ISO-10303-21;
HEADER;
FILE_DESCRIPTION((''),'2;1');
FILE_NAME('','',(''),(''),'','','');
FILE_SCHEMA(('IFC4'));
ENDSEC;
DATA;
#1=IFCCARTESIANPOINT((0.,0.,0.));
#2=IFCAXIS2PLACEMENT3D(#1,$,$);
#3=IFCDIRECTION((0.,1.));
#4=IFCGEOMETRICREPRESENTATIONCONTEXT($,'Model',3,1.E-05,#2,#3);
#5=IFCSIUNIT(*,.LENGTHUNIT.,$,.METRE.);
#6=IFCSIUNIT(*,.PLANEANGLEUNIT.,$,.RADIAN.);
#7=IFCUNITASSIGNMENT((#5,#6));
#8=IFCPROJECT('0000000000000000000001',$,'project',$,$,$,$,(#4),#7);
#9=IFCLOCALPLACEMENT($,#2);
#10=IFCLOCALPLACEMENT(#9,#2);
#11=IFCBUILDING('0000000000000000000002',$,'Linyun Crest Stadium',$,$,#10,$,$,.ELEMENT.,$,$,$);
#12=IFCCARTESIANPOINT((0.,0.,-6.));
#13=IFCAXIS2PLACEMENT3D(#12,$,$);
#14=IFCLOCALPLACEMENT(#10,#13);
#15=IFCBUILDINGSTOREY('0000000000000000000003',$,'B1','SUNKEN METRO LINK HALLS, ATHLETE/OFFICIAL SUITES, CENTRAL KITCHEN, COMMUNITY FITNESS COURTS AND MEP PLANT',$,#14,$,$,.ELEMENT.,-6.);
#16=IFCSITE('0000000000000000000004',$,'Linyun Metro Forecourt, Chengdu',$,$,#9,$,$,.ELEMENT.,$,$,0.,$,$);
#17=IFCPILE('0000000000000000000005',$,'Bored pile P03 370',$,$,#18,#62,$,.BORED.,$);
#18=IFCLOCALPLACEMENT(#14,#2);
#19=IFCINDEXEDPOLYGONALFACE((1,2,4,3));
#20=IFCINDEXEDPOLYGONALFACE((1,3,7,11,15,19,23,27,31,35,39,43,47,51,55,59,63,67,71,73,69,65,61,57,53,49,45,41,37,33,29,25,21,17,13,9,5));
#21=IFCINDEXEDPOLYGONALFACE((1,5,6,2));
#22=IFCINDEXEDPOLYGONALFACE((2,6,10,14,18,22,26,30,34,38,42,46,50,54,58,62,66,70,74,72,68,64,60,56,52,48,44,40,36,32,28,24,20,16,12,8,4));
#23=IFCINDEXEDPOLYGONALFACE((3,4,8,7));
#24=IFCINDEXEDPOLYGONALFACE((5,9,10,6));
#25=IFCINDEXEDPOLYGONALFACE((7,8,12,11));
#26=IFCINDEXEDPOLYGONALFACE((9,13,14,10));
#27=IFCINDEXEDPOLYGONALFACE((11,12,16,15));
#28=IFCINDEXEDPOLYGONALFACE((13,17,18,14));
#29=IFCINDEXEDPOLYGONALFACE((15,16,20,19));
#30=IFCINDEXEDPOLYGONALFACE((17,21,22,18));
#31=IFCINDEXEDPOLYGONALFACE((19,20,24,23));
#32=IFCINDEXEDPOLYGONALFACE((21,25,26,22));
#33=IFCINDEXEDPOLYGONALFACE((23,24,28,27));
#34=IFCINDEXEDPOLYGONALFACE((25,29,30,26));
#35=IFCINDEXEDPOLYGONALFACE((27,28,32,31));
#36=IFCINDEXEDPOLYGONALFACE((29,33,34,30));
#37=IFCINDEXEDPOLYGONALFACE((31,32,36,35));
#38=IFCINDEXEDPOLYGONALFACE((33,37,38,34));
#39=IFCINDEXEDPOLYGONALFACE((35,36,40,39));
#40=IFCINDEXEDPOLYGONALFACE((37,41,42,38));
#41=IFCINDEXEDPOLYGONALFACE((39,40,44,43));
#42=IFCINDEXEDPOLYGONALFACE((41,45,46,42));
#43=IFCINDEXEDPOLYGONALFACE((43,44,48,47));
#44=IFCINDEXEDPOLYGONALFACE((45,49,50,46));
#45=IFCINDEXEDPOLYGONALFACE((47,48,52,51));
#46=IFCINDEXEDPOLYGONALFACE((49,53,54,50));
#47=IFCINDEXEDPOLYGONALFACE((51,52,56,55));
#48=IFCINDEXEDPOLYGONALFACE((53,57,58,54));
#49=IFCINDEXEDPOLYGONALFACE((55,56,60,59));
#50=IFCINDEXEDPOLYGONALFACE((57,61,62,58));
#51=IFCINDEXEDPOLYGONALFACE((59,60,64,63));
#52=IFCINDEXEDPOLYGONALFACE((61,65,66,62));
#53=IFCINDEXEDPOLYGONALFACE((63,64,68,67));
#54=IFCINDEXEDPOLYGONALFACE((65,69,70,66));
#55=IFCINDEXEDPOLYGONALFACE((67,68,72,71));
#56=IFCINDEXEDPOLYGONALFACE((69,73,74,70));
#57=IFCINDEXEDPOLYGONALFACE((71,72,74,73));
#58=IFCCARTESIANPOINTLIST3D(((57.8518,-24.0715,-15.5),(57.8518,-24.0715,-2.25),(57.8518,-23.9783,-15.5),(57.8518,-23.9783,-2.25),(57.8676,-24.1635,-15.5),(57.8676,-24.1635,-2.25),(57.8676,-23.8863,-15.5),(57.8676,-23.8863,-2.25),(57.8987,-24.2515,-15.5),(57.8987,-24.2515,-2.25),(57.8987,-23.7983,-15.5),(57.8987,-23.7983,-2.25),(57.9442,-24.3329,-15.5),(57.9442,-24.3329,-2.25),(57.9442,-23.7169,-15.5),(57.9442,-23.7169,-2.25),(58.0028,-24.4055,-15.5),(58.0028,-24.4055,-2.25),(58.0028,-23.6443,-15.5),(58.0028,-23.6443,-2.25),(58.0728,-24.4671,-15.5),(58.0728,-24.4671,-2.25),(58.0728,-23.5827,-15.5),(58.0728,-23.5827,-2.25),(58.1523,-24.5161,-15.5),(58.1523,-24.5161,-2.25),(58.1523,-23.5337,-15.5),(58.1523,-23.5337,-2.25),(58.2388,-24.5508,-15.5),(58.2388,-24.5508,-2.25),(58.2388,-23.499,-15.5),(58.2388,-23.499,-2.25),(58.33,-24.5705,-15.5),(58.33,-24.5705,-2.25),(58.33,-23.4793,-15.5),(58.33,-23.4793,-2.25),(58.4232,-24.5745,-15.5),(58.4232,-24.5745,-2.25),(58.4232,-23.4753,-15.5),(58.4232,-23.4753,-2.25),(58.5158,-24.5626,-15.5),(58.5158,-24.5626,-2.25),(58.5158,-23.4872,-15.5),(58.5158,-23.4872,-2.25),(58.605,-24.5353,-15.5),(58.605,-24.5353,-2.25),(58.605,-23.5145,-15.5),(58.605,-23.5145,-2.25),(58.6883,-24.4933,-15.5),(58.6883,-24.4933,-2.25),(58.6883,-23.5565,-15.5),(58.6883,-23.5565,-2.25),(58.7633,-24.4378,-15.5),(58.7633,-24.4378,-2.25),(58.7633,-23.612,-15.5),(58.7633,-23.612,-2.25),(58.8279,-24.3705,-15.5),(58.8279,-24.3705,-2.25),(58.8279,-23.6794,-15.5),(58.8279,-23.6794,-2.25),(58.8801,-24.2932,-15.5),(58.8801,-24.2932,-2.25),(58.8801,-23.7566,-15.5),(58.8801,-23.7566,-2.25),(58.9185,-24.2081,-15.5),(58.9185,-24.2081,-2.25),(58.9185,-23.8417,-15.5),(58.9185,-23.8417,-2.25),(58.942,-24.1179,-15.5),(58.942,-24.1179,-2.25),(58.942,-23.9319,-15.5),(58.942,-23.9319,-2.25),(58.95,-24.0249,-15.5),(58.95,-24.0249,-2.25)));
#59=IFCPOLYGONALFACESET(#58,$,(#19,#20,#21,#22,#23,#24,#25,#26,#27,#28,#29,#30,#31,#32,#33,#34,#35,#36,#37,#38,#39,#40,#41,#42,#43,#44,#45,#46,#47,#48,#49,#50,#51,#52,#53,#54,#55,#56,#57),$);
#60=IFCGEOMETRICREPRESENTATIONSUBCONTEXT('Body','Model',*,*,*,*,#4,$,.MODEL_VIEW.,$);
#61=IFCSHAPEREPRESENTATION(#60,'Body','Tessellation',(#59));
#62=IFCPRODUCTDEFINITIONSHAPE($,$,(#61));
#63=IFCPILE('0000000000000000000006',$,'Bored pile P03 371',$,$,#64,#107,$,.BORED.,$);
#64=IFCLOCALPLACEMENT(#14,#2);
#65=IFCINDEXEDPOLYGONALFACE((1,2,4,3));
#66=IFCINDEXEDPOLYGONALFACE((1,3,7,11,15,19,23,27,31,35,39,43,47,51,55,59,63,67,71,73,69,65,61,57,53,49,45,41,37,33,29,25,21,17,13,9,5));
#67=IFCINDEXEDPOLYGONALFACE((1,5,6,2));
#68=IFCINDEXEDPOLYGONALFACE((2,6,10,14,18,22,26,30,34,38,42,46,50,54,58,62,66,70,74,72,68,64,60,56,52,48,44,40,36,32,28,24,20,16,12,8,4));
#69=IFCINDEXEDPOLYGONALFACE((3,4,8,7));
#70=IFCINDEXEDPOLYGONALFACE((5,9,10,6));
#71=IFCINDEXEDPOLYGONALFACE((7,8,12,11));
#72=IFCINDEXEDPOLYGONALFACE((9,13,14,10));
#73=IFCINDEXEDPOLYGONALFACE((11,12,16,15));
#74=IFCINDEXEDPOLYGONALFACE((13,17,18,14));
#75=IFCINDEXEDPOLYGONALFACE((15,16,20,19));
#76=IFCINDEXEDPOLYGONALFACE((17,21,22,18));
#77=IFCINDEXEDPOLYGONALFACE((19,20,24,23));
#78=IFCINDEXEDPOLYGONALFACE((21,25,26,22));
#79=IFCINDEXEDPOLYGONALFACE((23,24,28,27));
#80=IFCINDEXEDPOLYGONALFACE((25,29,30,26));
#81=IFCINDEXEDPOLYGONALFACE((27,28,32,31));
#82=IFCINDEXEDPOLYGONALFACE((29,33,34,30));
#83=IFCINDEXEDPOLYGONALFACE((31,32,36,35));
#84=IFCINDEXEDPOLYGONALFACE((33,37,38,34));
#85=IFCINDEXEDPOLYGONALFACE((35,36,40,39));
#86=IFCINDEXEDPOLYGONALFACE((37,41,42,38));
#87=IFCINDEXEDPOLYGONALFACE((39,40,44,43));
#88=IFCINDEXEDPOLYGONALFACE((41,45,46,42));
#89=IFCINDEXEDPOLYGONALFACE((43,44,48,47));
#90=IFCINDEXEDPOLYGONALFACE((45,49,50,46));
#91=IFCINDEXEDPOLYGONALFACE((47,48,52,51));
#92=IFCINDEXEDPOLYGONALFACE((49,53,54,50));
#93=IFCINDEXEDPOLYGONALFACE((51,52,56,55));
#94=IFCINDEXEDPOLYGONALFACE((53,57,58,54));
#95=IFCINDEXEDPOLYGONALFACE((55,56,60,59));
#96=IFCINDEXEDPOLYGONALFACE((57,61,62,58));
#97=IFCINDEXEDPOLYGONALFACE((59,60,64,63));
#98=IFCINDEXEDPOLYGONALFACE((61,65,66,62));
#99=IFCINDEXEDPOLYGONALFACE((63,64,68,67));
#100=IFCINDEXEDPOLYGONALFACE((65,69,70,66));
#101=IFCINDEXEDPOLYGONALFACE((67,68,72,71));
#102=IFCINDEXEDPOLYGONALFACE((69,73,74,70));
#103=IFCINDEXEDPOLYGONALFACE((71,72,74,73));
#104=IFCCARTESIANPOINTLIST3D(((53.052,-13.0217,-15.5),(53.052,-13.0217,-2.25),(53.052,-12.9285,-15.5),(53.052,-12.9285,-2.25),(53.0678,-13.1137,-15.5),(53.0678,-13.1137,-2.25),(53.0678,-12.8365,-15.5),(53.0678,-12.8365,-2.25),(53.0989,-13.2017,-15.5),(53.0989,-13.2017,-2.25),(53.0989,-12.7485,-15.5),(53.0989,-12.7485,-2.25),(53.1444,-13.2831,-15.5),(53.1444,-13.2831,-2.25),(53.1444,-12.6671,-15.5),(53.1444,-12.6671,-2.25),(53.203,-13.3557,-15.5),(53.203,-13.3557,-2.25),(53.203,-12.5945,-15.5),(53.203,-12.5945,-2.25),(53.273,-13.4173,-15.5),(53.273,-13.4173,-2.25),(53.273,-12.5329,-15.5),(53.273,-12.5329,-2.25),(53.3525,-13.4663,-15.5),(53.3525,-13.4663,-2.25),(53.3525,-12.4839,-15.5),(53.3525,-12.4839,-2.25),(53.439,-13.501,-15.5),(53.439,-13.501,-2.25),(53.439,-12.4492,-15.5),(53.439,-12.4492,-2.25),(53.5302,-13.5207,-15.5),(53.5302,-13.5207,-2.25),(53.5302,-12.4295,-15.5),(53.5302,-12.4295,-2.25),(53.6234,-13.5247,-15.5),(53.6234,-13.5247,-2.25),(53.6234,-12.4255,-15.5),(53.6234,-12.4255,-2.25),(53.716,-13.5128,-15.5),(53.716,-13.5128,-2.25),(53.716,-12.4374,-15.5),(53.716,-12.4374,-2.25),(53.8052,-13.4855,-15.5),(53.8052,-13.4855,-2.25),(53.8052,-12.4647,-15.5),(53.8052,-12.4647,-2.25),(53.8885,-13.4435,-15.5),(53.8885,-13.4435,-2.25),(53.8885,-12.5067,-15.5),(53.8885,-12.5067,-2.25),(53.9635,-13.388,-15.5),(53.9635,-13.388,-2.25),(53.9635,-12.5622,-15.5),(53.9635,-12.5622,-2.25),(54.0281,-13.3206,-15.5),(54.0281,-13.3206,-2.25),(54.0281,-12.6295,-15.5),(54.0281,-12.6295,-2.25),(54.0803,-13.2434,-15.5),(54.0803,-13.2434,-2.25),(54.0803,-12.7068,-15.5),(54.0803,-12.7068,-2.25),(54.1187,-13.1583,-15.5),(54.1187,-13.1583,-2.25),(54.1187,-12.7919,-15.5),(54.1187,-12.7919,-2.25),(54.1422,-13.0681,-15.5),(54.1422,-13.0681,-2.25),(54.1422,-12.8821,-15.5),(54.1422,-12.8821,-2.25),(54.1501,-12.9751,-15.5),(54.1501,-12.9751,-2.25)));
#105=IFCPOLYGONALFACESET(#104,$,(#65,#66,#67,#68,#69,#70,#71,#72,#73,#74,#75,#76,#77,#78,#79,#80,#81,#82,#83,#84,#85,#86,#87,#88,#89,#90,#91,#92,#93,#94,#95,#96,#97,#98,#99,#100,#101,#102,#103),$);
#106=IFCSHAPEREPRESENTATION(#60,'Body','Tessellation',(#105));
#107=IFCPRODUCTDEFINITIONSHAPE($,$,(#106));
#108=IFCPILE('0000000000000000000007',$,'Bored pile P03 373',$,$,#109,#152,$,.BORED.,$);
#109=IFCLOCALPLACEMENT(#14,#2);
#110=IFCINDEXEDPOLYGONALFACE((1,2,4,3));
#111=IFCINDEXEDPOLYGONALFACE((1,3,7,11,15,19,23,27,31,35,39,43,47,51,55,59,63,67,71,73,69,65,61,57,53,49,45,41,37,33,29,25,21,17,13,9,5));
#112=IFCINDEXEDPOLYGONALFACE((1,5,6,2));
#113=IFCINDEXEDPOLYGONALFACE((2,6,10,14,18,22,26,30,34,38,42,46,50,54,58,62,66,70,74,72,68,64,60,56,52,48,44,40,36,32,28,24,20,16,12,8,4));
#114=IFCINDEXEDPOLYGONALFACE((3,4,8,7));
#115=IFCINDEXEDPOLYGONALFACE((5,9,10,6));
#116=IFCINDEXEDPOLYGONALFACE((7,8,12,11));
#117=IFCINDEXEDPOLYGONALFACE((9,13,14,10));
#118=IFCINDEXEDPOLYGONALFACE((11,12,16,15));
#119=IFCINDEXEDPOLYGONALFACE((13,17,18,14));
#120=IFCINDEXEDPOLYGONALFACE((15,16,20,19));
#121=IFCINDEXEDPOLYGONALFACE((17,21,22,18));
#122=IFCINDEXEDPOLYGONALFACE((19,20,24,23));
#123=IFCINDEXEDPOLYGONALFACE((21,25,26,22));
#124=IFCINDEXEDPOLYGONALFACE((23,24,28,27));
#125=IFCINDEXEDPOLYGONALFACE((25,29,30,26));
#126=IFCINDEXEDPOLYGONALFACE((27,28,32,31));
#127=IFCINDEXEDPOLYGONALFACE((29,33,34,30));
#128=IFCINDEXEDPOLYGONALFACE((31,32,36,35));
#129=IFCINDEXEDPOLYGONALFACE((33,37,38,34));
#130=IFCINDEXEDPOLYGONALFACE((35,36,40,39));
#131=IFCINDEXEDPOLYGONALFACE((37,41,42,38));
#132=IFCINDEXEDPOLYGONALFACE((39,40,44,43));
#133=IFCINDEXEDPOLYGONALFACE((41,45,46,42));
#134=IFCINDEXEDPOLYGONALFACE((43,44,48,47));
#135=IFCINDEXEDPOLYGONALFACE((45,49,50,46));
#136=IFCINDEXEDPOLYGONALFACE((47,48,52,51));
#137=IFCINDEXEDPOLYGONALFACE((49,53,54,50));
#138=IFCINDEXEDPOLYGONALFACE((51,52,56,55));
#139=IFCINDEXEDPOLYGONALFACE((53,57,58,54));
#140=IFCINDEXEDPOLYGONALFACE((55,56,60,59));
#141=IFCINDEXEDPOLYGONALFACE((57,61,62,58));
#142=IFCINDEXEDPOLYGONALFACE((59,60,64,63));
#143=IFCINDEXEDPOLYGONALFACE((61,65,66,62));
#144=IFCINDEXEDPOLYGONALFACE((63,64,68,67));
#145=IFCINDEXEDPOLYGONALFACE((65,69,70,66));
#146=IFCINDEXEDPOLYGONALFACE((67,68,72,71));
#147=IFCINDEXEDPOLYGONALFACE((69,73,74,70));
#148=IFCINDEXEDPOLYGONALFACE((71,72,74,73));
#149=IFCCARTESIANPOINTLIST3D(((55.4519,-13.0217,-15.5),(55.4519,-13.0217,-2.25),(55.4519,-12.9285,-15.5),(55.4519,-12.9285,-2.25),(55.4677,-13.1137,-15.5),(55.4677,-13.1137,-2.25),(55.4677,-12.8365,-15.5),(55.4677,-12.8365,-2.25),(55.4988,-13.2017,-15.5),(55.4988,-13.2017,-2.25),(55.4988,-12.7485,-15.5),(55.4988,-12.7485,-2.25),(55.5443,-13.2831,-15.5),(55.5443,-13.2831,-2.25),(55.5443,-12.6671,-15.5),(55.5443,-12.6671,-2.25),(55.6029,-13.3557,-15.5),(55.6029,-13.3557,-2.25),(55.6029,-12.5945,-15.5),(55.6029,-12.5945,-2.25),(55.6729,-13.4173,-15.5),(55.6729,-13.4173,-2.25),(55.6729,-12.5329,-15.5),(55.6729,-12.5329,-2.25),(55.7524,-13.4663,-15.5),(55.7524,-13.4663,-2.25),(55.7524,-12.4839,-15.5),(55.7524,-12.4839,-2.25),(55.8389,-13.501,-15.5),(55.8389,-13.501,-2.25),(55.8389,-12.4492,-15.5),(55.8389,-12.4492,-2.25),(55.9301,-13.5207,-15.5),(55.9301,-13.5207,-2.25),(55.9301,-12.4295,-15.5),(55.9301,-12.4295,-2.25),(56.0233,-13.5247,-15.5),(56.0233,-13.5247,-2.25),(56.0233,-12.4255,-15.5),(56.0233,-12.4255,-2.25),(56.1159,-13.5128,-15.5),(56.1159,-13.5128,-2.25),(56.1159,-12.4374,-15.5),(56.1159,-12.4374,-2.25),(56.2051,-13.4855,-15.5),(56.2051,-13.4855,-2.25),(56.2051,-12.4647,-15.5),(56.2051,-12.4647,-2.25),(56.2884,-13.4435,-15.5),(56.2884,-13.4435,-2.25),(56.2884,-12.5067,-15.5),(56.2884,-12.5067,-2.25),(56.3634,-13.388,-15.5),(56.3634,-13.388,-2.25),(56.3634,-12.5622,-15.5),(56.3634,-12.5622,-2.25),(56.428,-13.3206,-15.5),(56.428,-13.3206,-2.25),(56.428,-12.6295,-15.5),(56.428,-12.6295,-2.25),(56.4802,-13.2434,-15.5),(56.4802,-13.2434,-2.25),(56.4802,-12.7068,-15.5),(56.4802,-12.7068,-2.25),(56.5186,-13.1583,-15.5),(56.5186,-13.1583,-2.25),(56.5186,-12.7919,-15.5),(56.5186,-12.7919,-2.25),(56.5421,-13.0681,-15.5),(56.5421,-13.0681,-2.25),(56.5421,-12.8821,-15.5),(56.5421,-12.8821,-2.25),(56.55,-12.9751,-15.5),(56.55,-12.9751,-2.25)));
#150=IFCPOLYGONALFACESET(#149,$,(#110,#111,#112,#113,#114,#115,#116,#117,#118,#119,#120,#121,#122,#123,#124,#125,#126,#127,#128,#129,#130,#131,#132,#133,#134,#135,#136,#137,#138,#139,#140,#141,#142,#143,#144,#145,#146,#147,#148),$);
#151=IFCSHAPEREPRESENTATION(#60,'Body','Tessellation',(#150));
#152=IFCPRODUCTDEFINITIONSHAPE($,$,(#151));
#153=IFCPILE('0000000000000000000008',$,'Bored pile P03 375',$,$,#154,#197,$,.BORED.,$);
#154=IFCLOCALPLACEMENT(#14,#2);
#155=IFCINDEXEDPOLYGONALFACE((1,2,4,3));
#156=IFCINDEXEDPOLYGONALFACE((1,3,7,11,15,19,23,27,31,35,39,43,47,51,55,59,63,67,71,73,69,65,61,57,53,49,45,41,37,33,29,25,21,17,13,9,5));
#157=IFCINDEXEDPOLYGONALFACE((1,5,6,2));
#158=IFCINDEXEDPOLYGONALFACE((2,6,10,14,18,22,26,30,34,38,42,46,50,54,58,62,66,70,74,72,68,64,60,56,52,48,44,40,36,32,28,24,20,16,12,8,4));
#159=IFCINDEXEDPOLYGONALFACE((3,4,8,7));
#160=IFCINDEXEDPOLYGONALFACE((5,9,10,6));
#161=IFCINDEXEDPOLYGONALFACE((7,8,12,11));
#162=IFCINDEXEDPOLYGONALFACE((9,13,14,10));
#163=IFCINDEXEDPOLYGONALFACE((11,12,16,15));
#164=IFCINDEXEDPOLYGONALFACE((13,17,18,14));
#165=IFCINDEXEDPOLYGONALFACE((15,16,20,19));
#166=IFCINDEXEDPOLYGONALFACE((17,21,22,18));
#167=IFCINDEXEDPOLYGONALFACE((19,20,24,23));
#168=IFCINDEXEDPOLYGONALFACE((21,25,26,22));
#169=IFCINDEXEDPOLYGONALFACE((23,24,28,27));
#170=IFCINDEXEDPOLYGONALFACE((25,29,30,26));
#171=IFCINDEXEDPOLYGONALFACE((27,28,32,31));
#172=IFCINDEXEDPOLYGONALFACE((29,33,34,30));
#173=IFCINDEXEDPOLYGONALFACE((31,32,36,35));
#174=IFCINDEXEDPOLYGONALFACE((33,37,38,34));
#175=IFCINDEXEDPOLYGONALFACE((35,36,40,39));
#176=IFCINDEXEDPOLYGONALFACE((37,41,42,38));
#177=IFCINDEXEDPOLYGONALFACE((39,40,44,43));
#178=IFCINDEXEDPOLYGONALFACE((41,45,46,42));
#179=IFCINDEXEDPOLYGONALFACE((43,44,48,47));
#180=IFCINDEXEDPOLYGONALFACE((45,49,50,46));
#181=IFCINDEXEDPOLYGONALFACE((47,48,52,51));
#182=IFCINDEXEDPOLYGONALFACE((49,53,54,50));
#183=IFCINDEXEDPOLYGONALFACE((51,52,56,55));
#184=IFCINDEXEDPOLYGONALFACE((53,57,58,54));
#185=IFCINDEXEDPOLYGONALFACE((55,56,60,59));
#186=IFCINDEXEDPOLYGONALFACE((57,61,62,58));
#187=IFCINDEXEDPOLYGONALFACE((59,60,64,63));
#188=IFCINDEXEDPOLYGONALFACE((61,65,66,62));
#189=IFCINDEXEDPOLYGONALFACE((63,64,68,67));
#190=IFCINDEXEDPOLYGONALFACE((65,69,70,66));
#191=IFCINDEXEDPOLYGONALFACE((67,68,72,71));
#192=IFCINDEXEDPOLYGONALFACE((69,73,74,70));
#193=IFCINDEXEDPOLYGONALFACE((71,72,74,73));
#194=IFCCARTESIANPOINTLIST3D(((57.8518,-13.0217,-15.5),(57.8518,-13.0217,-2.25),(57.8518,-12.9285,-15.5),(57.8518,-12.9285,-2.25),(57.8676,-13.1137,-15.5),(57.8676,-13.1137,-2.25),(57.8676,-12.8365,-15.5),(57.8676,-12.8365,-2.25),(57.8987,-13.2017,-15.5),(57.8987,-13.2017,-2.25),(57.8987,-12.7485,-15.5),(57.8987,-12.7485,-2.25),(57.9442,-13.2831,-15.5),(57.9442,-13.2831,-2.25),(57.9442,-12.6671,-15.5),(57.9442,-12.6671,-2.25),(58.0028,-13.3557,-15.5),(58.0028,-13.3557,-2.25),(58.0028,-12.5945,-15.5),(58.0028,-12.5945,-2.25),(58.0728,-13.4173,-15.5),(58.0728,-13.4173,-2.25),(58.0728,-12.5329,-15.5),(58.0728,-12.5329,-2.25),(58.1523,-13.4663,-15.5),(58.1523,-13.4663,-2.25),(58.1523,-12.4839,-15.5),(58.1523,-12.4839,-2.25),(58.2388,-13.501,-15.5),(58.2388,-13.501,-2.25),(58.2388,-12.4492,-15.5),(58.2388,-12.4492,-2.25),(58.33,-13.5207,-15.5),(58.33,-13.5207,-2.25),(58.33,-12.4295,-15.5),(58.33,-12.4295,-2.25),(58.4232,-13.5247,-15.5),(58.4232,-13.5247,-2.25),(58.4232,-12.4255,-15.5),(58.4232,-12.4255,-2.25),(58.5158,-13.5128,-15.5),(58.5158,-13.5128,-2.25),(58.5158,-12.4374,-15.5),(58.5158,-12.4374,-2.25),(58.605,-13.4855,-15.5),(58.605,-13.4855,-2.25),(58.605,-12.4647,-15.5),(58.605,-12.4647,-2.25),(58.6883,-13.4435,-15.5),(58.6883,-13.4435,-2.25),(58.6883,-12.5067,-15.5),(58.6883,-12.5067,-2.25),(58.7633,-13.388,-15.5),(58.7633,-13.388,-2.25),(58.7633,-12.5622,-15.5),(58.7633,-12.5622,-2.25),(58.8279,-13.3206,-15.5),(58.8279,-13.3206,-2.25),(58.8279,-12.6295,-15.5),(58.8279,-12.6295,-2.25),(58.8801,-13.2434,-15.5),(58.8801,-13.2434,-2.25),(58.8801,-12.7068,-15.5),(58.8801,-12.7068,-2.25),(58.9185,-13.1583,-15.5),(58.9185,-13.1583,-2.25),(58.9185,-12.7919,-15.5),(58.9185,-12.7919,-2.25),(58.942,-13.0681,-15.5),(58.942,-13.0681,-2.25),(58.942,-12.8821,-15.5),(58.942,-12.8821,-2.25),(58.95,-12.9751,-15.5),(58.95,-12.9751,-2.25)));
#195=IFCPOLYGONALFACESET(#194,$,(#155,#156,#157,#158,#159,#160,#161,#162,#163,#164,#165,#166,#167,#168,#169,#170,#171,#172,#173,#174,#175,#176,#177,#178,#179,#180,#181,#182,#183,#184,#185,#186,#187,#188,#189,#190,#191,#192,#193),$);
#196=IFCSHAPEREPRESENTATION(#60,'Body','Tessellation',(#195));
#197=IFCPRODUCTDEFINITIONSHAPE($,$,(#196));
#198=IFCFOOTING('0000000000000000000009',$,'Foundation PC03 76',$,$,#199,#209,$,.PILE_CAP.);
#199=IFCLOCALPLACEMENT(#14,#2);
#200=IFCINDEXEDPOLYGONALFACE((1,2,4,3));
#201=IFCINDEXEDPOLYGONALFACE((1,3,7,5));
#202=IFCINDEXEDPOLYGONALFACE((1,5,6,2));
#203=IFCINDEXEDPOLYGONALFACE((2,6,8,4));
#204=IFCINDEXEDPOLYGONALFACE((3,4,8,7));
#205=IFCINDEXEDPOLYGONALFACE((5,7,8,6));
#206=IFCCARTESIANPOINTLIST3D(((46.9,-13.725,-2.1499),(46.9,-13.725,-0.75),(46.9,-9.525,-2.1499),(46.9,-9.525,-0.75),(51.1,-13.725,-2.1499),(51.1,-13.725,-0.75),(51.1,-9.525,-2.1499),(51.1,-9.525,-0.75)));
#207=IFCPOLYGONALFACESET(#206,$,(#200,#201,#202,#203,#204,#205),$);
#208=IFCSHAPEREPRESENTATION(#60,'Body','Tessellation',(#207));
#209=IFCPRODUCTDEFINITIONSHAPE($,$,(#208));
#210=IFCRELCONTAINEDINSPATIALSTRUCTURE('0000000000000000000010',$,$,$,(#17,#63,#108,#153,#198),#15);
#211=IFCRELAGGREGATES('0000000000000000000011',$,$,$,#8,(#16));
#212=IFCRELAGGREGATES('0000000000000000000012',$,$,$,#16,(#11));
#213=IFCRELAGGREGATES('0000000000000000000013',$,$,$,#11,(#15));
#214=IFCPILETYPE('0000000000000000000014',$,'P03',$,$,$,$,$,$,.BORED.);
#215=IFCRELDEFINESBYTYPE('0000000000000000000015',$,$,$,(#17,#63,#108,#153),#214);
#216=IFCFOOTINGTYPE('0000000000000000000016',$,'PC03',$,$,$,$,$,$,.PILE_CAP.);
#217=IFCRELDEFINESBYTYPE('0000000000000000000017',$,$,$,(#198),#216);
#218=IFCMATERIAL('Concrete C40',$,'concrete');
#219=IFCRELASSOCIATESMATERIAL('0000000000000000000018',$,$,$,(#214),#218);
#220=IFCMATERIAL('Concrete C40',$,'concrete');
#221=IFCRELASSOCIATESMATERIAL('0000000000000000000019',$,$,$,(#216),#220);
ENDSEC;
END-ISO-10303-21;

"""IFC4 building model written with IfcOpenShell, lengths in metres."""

from ifc_helpers import new_model, si_unit, direction, frame, origin, origin_2d, place, context, subcontext, project, spatial, rectangle, circle, extrude, material, material_profile, profile_set, type_object, element, save


model = new_model("IFC4")

# Units and contexts
model_context = context("Model", 3, precision=1e-05, world=origin(), true_north=direction((0.0, 1.0)))
body_context = subcontext(model_context, "Body", "Model", "MODEL_VIEW")
ifc_project = project(units=[si_unit("LENGTHUNIT", "METRE"), si_unit("PLANEANGLEUNIT", "RADIAN")], contexts=[model_context])

# Site, building, storey
site_placement = place(None, origin())
site = spatial("IfcSite", under=ifc_project, at=site_placement, Name="Linyun Metro Forecourt, Chengdu", CompositionType="ELEMENT", RefElevation=0.0)
building_placement = place(site_placement, origin())
building = spatial("IfcBuilding", under=site, at=building_placement, Name="Linyun Crest Stadium", CompositionType="ELEMENT")
storey_placement = place(building_placement, frame((0.0, 0.0, -6.0)))
storey = spatial("IfcBuildingStorey", under=building, at=storey_placement, Name="B1", Description="SUNKEN METRO LINK HALLS, ATHLETE/OFFICIAL SUITES, CENTRAL KITCHEN, COMMUNITY FITNESS COURTS AND MEP PLANT", CompositionType="ELEMENT", Elevation=-6.0)

# Piles
ifc_material_1 = material(Name="Concrete C40", Category="concrete")
ifc_material_profile_1 = material_profile(ifc_material_1, circle(Radius=0.55, at=origin_2d()), Name="BORED PILE 1100")
ifc_profile_set_1 = profile_set([ifc_material_profile_1], Name="Concrete C40")
pile_type = type_object("IfcPileType", Name="P03", PredefinedType="BORED", material=ifc_profile_set_1)
for number, where, z_axis, x_axis, name in (
    (1, (58.3999, -24.0249, -2.25), (0.0, 0.0, -1.0), (1.0, 0.0, 0.0), "Bored pile P03 370"),
    (2, (53.6001, -12.9751, -2.25), (0.0, 0.0, -1.0), (1.0, 0.0, 0.0), "Bored pile P03 371"),
    (3, (56.0, -12.9751, -2.25), (0.0, 0.0, -1.0), (1.0, 0.0, 0.0), "Bored pile P03 373"),
    (4, (58.3999, -12.9751, -2.25), (0.0, 0.0, -1.0), (1.0, 0.0, 0.0), "Bored pile P03 375"),
):
    element("IfcPile", number, at=place(storey_placement, frame(where, z_axis=z_axis, x_axis=x_axis)), inside=storey, type_object=pile_type, Name=name, PredefinedType="BORED", context=body_context, shape_type="SweptSolid", body=[
        extrude(circle(Radius=0.55, at=origin_2d()), origin(), (0.0, 0.0, 1.0), 13.25),
    ])

# Footing
ifc_material_2 = material(Name="Concrete C40", Category="concrete")
footing_type_1 = type_object("IfcFootingType", Name="PC03", PredefinedType="PILE_CAP", material=ifc_material_2)
footing_1_placement = place(storey_placement, frame((49.0, -11.625, -2.1499), z_axis=(0.0, 0.0, 1.0), x_axis=(1.0, 0.0, 0.0)))
element("IfcFooting", 5, at=footing_1_placement, inside=storey, type_object=footing_type_1, Name="Foundation PC03 76", PredefinedType="PILE_CAP", context=body_context, shape_type="SweptSolid", body=[
    extrude(rectangle(XDim=4.2, YDim=4.2, at=origin_2d()), origin(), (0.0, 0.0, 1.0), 1.3999),
])

save(model, "model.ifc")
